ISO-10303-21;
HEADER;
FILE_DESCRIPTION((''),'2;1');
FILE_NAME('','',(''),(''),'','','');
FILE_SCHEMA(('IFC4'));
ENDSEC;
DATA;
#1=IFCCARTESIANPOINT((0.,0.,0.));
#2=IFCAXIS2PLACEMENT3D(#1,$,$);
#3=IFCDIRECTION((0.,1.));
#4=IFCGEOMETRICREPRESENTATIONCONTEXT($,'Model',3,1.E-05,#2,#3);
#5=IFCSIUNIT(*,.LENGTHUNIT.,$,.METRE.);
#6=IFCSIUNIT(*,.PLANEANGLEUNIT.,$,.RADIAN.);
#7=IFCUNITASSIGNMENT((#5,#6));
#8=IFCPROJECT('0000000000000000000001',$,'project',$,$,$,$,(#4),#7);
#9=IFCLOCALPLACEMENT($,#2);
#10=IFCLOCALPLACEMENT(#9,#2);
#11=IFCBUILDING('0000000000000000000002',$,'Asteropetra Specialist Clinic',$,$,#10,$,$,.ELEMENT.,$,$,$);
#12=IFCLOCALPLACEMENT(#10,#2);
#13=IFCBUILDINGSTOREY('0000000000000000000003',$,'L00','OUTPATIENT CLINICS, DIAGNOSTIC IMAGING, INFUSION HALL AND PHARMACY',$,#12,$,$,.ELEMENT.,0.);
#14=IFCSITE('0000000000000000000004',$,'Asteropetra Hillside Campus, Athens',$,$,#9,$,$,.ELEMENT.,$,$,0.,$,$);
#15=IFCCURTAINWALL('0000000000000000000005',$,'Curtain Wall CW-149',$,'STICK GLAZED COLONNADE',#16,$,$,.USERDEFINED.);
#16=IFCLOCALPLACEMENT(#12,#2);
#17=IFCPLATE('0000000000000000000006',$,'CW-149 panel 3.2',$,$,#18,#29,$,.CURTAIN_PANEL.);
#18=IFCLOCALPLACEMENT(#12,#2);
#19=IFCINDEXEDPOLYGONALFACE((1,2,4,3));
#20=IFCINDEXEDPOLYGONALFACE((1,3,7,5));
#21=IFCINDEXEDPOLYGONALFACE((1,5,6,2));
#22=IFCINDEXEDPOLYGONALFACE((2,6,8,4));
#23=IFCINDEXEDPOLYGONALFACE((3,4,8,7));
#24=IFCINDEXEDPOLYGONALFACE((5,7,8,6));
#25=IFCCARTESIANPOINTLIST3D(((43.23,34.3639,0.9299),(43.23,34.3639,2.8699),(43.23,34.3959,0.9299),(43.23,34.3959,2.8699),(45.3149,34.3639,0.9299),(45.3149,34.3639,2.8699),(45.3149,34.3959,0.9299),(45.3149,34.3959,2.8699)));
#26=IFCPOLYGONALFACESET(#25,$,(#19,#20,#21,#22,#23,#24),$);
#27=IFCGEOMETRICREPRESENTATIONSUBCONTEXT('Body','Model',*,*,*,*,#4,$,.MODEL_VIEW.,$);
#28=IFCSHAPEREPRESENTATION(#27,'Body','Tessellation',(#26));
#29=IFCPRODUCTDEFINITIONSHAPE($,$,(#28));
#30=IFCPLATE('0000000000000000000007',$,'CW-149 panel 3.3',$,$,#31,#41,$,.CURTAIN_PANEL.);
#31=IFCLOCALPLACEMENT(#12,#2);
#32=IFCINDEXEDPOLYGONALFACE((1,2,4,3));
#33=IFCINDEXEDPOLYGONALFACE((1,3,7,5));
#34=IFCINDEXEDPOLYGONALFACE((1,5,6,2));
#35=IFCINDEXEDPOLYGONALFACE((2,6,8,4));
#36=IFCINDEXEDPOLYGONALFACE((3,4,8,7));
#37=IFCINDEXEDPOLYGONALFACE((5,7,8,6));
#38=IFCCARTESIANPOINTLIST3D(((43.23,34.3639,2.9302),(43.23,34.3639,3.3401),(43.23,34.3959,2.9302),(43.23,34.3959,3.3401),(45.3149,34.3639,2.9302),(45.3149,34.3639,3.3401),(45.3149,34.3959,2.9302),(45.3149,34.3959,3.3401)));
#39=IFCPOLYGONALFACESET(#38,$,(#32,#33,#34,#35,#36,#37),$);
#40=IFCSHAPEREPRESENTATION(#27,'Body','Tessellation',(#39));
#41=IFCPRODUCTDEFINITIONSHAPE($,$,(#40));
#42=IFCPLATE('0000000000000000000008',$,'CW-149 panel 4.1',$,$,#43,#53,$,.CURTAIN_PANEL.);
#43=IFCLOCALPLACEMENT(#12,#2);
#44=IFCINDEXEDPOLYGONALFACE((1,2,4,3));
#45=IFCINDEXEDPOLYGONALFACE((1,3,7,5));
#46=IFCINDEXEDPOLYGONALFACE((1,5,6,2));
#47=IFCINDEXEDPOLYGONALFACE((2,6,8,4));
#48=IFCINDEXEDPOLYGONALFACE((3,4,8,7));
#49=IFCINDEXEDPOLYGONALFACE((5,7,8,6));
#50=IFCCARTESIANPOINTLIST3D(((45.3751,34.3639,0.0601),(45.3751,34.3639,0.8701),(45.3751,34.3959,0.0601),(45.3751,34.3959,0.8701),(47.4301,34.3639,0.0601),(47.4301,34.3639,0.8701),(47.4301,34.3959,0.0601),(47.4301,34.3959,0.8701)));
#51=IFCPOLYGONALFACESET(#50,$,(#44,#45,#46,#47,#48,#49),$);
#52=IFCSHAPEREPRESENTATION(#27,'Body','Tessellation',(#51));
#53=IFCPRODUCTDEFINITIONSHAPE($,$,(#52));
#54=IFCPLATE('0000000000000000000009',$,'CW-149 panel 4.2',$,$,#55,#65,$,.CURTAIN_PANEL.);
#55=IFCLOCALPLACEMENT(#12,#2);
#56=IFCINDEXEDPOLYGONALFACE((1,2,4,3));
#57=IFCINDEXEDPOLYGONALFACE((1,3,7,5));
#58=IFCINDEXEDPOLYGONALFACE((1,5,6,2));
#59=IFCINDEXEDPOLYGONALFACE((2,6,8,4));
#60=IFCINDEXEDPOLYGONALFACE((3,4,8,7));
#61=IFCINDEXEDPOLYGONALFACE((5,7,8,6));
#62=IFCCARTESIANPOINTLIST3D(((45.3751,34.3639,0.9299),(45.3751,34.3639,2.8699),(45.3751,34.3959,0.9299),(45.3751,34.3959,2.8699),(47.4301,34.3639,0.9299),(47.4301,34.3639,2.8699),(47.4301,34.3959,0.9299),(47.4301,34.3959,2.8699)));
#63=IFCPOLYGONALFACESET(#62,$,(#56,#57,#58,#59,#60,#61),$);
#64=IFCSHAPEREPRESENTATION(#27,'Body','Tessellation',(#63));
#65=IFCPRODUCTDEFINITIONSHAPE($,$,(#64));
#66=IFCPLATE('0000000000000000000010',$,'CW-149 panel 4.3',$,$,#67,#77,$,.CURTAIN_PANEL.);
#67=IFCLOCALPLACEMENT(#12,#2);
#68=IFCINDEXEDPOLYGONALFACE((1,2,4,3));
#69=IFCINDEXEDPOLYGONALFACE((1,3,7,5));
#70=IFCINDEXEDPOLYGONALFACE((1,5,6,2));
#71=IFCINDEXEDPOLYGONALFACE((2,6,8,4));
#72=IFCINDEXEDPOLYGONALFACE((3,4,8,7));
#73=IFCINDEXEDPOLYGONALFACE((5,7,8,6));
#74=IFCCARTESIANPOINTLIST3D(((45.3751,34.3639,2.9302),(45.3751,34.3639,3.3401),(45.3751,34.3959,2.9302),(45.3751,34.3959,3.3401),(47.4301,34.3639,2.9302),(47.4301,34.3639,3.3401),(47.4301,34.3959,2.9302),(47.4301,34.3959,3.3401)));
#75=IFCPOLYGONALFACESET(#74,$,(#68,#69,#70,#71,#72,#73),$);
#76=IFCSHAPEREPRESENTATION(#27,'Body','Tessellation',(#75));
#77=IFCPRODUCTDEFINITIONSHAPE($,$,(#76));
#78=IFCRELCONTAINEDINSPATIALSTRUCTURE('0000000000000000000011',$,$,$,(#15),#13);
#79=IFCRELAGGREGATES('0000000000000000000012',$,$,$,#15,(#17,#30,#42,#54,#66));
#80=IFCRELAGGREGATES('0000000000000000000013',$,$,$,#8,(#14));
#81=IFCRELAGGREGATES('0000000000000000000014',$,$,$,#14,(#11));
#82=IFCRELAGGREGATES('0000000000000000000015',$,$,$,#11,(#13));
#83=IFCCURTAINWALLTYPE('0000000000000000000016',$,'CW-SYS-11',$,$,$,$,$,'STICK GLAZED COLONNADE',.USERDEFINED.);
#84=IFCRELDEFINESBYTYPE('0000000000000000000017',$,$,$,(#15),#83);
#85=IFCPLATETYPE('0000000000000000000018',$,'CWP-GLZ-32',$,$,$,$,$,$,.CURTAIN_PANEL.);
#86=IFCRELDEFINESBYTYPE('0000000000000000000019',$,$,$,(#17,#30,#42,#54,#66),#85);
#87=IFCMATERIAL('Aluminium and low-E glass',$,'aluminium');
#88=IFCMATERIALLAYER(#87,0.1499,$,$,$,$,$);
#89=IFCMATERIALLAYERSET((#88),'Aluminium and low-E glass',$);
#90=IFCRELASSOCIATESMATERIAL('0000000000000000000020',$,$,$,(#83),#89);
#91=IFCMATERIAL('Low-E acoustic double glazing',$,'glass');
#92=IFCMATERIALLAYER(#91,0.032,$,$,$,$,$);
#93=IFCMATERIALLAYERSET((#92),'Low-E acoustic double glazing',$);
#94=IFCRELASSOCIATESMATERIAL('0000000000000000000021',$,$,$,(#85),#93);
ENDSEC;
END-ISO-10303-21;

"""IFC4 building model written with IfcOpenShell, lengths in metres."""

from ifc_helpers import new_model, si_unit, direction, frame, origin, origin_2d, place, context, subcontext, project, spatial, rectangle, extrude, material, layer, layer_set, type_object, element, aggregate, save


model = new_model("IFC4")

# Units and contexts
model_context = context("Model", 3, precision=1e-05, world=origin(), true_north=direction((0.0, 1.0)))
body_context = subcontext(model_context, "Body", "Model", "MODEL_VIEW")
ifc_project = project(units=[si_unit("LENGTHUNIT", "METRE"), si_unit("PLANEANGLEUNIT", "RADIAN")], contexts=[model_context])

# Site, building, storey
site_placement = place(None, origin())
site = spatial("IfcSite", under=ifc_project, at=site_placement, Name="Asteropetra Hillside Campus, Athens", CompositionType="ELEMENT", RefElevation=0.0)
building_placement = place(site_placement, origin())
building = spatial("IfcBuilding", under=site, at=building_placement, Name="Asteropetra Specialist Clinic", CompositionType="ELEMENT")
storey_placement = place(building_placement, origin())
storey = spatial("IfcBuildingStorey", under=building, at=storey_placement, Name="L00", Description="OUTPATIENT CLINICS, DIAGNOSTIC IMAGING, INFUSION HALL AND PHARMACY", CompositionType="ELEMENT", Elevation=0.0)

# Curtain wall
ifc_material_1 = material(Name="Aluminium and low-E glass", Category="aluminium")
ifc_layer_1 = layer(ifc_material_1, 0.1499)
ifc_layer_set_1 = layer_set([ifc_layer_1], Name="Aluminium and low-E glass")
curtain_wall_type = type_object("IfcCurtainWallType", Name="CW-SYS-11", ElementType="STICK GLAZED COLONNADE", PredefinedType="USERDEFINED", material=ifc_layer_set_1)
curtain_wall_placement = place(storey_placement, origin())
curtain_wall = element("IfcCurtainWall", 1, at=curtain_wall_placement, inside=storey, type_object=curtain_wall_type, Name="Curtain Wall CW-149", ObjectType="STICK GLAZED COLONNADE", PredefinedType="USERDEFINED")

# Plates
ifc_material_2 = material(Name="Low-E acoustic double glazing", Category="glass")
ifc_layer_2 = layer(ifc_material_2, 0.032)
ifc_layer_set_2 = layer_set([ifc_layer_2], Name="Low-E acoustic double glazing")
plate_type = type_object("IfcPlateType", Name="CWP-GLZ-32", PredefinedType="CURTAIN_PANEL", material=ifc_layer_set_2)
plate_1_placement = place(storey_placement, frame((44.2725, 34.3799, 0.9299), z_axis=(0.0, 0.0, 1.0), x_axis=(1.0, 0.0, 0.0)))
plate_1 = element("IfcPlate", 2, at=plate_1_placement, type_object=plate_type, Name="CW-149 panel 3.2", PredefinedType="CURTAIN_PANEL", context=body_context, shape_type="SweptSolid", body=[
    extrude(rectangle(XDim=2.085, YDim=0.032, at=origin_2d()), origin(), (0.0, 0.0, 1.0), 1.9399),
])
plate_2_placement = place(storey_placement, frame((44.2725, 34.3799, 2.9302), z_axis=(0.0, 0.0, 1.0), x_axis=(1.0, 0.0, 0.0)))
plate_2 = element("IfcPlate", 3, at=plate_2_placement, type_object=plate_type, Name="CW-149 panel 3.3", PredefinedType="CURTAIN_PANEL", context=body_context, shape_type="SweptSolid", body=[
    extrude(rectangle(XDim=2.085, YDim=0.032, at=origin_2d()), origin(), (0.0, 0.0, 1.0), 0.4099),
])
plate_3_placement = place(storey_placement, frame((46.4026, 34.3799, 0.0601), z_axis=(0.0, 0.0, 1.0), x_axis=(1.0, 0.0, 0.0)))
plate_3 = element("IfcPlate", 4, at=plate_3_placement, type_object=plate_type, Name="CW-149 panel 4.1", PredefinedType="CURTAIN_PANEL", context=body_context, shape_type="SweptSolid", body=[
    extrude(rectangle(XDim=2.0549, YDim=0.032, at=origin_2d()), origin(), (0.0, 0.0, 1.0), 0.8101),
])
plate_4_placement = place(storey_placement, frame((46.4026, 34.3799, 0.9299), z_axis=(0.0, 0.0, 1.0), x_axis=(1.0, 0.0, 0.0)))
plate_4 = element("IfcPlate", 5, at=plate_4_placement, type_object=plate_type, Name="CW-149 panel 4.2", PredefinedType="CURTAIN_PANEL", context=body_context, shape_type="SweptSolid", body=[
    extrude(rectangle(XDim=2.0549, YDim=0.032, at=origin_2d()), origin(), (0.0, 0.0, 1.0), 1.9399),
])
plate_5_placement = place(storey_placement, frame((46.4026, 34.3799, 2.9302), z_axis=(0.0, 0.0, 1.0), x_axis=(1.0, 0.0, 0.0)))
plate_5 = element("IfcPlate", 6, at=plate_5_placement, type_object=plate_type, Name="CW-149 panel 4.3", PredefinedType="CURTAIN_PANEL", context=body_context, shape_type="SweptSolid", body=[
    extrude(rectangle(XDim=2.0549, YDim=0.032, at=origin_2d()), origin(), (0.0, 0.0, 1.0), 0.4099),
])
aggregate(curtain_wall, [plate_1, plate_2, plate_3, plate_4, plate_5])

save(model, "model.ifc")
